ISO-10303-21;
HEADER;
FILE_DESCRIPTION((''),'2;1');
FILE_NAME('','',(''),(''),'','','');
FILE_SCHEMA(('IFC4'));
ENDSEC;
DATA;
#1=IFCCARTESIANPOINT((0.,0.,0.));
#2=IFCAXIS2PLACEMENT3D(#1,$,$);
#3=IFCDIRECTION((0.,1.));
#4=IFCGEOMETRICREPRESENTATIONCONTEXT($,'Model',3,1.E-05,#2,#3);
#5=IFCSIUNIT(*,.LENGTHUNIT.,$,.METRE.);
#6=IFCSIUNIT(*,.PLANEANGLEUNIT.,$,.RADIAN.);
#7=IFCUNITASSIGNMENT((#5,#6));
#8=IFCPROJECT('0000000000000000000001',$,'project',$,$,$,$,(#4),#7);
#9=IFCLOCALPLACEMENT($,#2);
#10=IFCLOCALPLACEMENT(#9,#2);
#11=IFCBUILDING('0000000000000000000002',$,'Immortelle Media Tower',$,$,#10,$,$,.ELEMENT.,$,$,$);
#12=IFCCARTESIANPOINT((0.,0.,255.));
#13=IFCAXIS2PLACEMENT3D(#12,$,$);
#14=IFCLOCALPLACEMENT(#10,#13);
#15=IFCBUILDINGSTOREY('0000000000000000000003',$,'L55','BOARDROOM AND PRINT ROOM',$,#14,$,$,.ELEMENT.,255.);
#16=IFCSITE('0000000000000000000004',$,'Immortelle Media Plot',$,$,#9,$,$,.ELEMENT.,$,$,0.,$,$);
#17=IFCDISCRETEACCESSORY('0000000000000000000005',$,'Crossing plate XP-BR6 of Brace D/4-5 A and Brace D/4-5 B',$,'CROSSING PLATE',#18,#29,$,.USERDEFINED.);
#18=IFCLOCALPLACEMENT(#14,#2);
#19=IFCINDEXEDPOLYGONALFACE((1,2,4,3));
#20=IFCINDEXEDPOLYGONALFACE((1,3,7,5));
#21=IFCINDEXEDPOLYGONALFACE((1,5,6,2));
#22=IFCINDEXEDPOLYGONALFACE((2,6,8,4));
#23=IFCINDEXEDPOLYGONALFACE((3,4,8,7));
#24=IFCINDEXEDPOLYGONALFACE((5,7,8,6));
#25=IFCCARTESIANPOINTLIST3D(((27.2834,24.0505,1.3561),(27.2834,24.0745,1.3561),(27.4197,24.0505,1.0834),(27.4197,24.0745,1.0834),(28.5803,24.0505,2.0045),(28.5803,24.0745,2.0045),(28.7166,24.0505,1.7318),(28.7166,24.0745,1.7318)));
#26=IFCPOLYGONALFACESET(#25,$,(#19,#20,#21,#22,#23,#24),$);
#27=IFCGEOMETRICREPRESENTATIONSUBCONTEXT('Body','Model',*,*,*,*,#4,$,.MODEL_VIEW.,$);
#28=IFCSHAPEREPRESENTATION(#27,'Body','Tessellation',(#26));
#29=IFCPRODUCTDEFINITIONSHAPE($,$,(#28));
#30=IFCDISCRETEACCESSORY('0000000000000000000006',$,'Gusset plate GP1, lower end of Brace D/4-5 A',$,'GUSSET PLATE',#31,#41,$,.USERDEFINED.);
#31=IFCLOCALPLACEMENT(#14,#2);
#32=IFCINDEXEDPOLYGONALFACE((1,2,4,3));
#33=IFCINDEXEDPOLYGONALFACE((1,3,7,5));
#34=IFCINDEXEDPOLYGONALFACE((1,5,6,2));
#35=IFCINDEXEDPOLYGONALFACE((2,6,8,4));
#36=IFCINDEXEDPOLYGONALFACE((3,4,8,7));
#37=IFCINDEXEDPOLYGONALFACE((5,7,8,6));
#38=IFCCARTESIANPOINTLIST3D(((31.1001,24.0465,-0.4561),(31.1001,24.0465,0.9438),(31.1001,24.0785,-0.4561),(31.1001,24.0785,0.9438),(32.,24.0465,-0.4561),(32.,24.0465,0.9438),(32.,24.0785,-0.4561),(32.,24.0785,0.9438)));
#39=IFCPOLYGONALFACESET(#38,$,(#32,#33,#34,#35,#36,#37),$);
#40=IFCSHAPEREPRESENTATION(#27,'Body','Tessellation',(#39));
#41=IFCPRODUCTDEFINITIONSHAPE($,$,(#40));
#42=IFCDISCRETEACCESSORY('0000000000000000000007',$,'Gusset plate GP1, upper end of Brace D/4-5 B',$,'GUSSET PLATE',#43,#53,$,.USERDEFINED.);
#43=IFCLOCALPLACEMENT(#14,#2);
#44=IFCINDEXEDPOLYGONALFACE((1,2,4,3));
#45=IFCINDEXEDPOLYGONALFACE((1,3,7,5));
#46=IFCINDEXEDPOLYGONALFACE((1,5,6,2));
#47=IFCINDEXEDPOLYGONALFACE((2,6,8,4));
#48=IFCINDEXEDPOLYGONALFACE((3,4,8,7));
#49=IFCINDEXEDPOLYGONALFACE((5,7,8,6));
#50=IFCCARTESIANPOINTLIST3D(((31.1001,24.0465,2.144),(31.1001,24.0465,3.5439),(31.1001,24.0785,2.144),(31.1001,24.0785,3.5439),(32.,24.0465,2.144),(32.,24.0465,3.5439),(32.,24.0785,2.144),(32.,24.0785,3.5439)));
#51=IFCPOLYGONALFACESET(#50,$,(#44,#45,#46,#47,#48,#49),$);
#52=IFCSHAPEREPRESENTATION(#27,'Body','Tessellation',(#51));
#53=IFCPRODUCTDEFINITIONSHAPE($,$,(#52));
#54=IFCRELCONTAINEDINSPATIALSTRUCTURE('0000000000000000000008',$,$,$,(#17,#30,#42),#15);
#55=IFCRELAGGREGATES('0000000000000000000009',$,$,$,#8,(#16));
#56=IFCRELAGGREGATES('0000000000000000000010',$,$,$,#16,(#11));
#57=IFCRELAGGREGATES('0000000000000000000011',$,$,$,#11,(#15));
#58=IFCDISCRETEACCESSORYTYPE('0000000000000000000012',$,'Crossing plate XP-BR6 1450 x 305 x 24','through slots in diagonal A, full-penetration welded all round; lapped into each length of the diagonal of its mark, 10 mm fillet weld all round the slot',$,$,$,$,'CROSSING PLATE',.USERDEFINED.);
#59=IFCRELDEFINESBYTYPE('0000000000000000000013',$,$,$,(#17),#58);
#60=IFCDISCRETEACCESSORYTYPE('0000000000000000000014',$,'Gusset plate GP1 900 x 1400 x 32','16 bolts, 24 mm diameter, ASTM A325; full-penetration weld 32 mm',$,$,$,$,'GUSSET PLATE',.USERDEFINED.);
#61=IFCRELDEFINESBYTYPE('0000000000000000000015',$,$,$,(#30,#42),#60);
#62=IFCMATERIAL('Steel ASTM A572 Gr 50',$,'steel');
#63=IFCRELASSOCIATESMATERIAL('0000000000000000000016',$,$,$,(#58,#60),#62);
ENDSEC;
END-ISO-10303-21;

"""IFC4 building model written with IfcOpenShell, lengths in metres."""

from ifc_helpers import new_model, si_unit, direction, frame, origin, origin_2d, place, context, subcontext, project, spatial, rectangle, extrude, material, material_profile, profile_set, type_object, element, save


model = new_model("IFC4")

# Units and contexts
model_context = context("Model", 3, precision=1e-05, world=origin(), true_north=direction((0.0, 1.0)))
body_context = subcontext(model_context, "Body", "Model", "MODEL_VIEW")
ifc_project = project(units=[si_unit("LENGTHUNIT", "METRE"), si_unit("PLANEANGLEUNIT", "RADIAN")], contexts=[model_context])

# Site, building, storey
site_placement = place(None, origin())
site = spatial("IfcSite", under=ifc_project, at=site_placement, Name="Immortelle Media Plot", CompositionType="ELEMENT", RefElevation=0.0)
building_placement = place(site_placement, origin())
building = spatial("IfcBuilding", under=site, at=building_placement, Name="Immortelle Media Tower", CompositionType="ELEMENT")
storey_placement = place(building_placement, frame((0.0, 0.0, 255.0)))
storey = spatial("IfcBuildingStorey", under=building, at=storey_placement, Name="L55", Description="BOARDROOM AND PRINT ROOM", CompositionType="ELEMENT", Elevation=255.0)

# Discrete accessories
ifc_material_1 = material(Name="Steel ASTM A572 Gr 50", Category="steel")
ifc_material_profile_1 = material_profile(ifc_material_1, rectangle(XDim=0.0239, YDim=0.3049, at=origin_2d()), Name="PL 24 x 305")
ifc_profile_set_1 = profile_set([ifc_material_profile_1], Name="Steel ASTM A572 Gr 50")
discrete_accessory_type_1 = type_object("IfcDiscreteAccessoryType", Name="Crossing plate XP-BR6 1450 x 305 x 24", Description="through slots in diagonal A, full-penetration welded all round; lapped into each length of the diagonal of its mark, 10 mm fillet weld all round the slot", ElementType="CROSSING PLATE", PredefinedType="USERDEFINED", material=ifc_profile_set_1)
discrete_accessory_placement = place(storey_placement, frame((28.6484, 24.0625, 1.8682), z_axis=(-0.894427, 0.0, -0.447214), x_axis=(0.0, -1.0, 0.0)))
element("IfcDiscreteAccessory", 1, at=discrete_accessory_placement, inside=storey, type_object=discrete_accessory_type_1, Name="Crossing plate XP-BR6 of Brace D/4-5 A and Brace D/4-5 B", ObjectType="CROSSING PLATE", PredefinedType="USERDEFINED", context=body_context, shape_type="SweptSolid", body=[
    extrude(rectangle(XDim=0.0239, YDim=0.3049, at=origin_2d()), origin(), (0.0, 0.0, 1.0), 1.45),
])
ifc_material_profile_2 = material_profile(ifc_material_1, rectangle(XDim=0.032, YDim=1.3999, at=origin_2d()), Name="PL 32 x 1400")
ifc_profile_set_2 = profile_set([ifc_material_profile_2], Name="Steel ASTM A572 Gr 50")
discrete_accessory_type_2 = type_object("IfcDiscreteAccessoryType", Name="Gusset plate GP1 900 x 1400 x 32", Description="16 bolts, 24 mm diameter, ASTM A325; full-penetration weld 32 mm", ElementType="GUSSET PLATE", PredefinedType="USERDEFINED", material=ifc_profile_set_2)
for number, where, z_axis, x_axis, name in (
    (2, (32.0, 24.0625, 0.2439), (-1.0, 0.0, 0.0), (0.0, -1.0, 0.0), "Gusset plate GP1, lower end of Brace D/4-5 A"),
    (3, (32.0, 24.0625, 2.844), (-1.0, 0.0, 0.0), (0.0, -1.0, 0.0), "Gusset plate GP1, upper end of Brace D/4-5 B"),
):
    element("IfcDiscreteAccessory", number, at=place(storey_placement, frame(where, z_axis=z_axis, x_axis=x_axis)), inside=storey, type_object=discrete_accessory_type_2, Name=name, ObjectType="GUSSET PLATE", PredefinedType="USERDEFINED", context=body_context, shape_type="SweptSolid", body=[
        extrude(rectangle(XDim=0.032, YDim=1.3999, at=origin_2d()), origin(), (0.0, 0.0, 1.0), 0.8999),
    ])

save(model, "model.ifc")
